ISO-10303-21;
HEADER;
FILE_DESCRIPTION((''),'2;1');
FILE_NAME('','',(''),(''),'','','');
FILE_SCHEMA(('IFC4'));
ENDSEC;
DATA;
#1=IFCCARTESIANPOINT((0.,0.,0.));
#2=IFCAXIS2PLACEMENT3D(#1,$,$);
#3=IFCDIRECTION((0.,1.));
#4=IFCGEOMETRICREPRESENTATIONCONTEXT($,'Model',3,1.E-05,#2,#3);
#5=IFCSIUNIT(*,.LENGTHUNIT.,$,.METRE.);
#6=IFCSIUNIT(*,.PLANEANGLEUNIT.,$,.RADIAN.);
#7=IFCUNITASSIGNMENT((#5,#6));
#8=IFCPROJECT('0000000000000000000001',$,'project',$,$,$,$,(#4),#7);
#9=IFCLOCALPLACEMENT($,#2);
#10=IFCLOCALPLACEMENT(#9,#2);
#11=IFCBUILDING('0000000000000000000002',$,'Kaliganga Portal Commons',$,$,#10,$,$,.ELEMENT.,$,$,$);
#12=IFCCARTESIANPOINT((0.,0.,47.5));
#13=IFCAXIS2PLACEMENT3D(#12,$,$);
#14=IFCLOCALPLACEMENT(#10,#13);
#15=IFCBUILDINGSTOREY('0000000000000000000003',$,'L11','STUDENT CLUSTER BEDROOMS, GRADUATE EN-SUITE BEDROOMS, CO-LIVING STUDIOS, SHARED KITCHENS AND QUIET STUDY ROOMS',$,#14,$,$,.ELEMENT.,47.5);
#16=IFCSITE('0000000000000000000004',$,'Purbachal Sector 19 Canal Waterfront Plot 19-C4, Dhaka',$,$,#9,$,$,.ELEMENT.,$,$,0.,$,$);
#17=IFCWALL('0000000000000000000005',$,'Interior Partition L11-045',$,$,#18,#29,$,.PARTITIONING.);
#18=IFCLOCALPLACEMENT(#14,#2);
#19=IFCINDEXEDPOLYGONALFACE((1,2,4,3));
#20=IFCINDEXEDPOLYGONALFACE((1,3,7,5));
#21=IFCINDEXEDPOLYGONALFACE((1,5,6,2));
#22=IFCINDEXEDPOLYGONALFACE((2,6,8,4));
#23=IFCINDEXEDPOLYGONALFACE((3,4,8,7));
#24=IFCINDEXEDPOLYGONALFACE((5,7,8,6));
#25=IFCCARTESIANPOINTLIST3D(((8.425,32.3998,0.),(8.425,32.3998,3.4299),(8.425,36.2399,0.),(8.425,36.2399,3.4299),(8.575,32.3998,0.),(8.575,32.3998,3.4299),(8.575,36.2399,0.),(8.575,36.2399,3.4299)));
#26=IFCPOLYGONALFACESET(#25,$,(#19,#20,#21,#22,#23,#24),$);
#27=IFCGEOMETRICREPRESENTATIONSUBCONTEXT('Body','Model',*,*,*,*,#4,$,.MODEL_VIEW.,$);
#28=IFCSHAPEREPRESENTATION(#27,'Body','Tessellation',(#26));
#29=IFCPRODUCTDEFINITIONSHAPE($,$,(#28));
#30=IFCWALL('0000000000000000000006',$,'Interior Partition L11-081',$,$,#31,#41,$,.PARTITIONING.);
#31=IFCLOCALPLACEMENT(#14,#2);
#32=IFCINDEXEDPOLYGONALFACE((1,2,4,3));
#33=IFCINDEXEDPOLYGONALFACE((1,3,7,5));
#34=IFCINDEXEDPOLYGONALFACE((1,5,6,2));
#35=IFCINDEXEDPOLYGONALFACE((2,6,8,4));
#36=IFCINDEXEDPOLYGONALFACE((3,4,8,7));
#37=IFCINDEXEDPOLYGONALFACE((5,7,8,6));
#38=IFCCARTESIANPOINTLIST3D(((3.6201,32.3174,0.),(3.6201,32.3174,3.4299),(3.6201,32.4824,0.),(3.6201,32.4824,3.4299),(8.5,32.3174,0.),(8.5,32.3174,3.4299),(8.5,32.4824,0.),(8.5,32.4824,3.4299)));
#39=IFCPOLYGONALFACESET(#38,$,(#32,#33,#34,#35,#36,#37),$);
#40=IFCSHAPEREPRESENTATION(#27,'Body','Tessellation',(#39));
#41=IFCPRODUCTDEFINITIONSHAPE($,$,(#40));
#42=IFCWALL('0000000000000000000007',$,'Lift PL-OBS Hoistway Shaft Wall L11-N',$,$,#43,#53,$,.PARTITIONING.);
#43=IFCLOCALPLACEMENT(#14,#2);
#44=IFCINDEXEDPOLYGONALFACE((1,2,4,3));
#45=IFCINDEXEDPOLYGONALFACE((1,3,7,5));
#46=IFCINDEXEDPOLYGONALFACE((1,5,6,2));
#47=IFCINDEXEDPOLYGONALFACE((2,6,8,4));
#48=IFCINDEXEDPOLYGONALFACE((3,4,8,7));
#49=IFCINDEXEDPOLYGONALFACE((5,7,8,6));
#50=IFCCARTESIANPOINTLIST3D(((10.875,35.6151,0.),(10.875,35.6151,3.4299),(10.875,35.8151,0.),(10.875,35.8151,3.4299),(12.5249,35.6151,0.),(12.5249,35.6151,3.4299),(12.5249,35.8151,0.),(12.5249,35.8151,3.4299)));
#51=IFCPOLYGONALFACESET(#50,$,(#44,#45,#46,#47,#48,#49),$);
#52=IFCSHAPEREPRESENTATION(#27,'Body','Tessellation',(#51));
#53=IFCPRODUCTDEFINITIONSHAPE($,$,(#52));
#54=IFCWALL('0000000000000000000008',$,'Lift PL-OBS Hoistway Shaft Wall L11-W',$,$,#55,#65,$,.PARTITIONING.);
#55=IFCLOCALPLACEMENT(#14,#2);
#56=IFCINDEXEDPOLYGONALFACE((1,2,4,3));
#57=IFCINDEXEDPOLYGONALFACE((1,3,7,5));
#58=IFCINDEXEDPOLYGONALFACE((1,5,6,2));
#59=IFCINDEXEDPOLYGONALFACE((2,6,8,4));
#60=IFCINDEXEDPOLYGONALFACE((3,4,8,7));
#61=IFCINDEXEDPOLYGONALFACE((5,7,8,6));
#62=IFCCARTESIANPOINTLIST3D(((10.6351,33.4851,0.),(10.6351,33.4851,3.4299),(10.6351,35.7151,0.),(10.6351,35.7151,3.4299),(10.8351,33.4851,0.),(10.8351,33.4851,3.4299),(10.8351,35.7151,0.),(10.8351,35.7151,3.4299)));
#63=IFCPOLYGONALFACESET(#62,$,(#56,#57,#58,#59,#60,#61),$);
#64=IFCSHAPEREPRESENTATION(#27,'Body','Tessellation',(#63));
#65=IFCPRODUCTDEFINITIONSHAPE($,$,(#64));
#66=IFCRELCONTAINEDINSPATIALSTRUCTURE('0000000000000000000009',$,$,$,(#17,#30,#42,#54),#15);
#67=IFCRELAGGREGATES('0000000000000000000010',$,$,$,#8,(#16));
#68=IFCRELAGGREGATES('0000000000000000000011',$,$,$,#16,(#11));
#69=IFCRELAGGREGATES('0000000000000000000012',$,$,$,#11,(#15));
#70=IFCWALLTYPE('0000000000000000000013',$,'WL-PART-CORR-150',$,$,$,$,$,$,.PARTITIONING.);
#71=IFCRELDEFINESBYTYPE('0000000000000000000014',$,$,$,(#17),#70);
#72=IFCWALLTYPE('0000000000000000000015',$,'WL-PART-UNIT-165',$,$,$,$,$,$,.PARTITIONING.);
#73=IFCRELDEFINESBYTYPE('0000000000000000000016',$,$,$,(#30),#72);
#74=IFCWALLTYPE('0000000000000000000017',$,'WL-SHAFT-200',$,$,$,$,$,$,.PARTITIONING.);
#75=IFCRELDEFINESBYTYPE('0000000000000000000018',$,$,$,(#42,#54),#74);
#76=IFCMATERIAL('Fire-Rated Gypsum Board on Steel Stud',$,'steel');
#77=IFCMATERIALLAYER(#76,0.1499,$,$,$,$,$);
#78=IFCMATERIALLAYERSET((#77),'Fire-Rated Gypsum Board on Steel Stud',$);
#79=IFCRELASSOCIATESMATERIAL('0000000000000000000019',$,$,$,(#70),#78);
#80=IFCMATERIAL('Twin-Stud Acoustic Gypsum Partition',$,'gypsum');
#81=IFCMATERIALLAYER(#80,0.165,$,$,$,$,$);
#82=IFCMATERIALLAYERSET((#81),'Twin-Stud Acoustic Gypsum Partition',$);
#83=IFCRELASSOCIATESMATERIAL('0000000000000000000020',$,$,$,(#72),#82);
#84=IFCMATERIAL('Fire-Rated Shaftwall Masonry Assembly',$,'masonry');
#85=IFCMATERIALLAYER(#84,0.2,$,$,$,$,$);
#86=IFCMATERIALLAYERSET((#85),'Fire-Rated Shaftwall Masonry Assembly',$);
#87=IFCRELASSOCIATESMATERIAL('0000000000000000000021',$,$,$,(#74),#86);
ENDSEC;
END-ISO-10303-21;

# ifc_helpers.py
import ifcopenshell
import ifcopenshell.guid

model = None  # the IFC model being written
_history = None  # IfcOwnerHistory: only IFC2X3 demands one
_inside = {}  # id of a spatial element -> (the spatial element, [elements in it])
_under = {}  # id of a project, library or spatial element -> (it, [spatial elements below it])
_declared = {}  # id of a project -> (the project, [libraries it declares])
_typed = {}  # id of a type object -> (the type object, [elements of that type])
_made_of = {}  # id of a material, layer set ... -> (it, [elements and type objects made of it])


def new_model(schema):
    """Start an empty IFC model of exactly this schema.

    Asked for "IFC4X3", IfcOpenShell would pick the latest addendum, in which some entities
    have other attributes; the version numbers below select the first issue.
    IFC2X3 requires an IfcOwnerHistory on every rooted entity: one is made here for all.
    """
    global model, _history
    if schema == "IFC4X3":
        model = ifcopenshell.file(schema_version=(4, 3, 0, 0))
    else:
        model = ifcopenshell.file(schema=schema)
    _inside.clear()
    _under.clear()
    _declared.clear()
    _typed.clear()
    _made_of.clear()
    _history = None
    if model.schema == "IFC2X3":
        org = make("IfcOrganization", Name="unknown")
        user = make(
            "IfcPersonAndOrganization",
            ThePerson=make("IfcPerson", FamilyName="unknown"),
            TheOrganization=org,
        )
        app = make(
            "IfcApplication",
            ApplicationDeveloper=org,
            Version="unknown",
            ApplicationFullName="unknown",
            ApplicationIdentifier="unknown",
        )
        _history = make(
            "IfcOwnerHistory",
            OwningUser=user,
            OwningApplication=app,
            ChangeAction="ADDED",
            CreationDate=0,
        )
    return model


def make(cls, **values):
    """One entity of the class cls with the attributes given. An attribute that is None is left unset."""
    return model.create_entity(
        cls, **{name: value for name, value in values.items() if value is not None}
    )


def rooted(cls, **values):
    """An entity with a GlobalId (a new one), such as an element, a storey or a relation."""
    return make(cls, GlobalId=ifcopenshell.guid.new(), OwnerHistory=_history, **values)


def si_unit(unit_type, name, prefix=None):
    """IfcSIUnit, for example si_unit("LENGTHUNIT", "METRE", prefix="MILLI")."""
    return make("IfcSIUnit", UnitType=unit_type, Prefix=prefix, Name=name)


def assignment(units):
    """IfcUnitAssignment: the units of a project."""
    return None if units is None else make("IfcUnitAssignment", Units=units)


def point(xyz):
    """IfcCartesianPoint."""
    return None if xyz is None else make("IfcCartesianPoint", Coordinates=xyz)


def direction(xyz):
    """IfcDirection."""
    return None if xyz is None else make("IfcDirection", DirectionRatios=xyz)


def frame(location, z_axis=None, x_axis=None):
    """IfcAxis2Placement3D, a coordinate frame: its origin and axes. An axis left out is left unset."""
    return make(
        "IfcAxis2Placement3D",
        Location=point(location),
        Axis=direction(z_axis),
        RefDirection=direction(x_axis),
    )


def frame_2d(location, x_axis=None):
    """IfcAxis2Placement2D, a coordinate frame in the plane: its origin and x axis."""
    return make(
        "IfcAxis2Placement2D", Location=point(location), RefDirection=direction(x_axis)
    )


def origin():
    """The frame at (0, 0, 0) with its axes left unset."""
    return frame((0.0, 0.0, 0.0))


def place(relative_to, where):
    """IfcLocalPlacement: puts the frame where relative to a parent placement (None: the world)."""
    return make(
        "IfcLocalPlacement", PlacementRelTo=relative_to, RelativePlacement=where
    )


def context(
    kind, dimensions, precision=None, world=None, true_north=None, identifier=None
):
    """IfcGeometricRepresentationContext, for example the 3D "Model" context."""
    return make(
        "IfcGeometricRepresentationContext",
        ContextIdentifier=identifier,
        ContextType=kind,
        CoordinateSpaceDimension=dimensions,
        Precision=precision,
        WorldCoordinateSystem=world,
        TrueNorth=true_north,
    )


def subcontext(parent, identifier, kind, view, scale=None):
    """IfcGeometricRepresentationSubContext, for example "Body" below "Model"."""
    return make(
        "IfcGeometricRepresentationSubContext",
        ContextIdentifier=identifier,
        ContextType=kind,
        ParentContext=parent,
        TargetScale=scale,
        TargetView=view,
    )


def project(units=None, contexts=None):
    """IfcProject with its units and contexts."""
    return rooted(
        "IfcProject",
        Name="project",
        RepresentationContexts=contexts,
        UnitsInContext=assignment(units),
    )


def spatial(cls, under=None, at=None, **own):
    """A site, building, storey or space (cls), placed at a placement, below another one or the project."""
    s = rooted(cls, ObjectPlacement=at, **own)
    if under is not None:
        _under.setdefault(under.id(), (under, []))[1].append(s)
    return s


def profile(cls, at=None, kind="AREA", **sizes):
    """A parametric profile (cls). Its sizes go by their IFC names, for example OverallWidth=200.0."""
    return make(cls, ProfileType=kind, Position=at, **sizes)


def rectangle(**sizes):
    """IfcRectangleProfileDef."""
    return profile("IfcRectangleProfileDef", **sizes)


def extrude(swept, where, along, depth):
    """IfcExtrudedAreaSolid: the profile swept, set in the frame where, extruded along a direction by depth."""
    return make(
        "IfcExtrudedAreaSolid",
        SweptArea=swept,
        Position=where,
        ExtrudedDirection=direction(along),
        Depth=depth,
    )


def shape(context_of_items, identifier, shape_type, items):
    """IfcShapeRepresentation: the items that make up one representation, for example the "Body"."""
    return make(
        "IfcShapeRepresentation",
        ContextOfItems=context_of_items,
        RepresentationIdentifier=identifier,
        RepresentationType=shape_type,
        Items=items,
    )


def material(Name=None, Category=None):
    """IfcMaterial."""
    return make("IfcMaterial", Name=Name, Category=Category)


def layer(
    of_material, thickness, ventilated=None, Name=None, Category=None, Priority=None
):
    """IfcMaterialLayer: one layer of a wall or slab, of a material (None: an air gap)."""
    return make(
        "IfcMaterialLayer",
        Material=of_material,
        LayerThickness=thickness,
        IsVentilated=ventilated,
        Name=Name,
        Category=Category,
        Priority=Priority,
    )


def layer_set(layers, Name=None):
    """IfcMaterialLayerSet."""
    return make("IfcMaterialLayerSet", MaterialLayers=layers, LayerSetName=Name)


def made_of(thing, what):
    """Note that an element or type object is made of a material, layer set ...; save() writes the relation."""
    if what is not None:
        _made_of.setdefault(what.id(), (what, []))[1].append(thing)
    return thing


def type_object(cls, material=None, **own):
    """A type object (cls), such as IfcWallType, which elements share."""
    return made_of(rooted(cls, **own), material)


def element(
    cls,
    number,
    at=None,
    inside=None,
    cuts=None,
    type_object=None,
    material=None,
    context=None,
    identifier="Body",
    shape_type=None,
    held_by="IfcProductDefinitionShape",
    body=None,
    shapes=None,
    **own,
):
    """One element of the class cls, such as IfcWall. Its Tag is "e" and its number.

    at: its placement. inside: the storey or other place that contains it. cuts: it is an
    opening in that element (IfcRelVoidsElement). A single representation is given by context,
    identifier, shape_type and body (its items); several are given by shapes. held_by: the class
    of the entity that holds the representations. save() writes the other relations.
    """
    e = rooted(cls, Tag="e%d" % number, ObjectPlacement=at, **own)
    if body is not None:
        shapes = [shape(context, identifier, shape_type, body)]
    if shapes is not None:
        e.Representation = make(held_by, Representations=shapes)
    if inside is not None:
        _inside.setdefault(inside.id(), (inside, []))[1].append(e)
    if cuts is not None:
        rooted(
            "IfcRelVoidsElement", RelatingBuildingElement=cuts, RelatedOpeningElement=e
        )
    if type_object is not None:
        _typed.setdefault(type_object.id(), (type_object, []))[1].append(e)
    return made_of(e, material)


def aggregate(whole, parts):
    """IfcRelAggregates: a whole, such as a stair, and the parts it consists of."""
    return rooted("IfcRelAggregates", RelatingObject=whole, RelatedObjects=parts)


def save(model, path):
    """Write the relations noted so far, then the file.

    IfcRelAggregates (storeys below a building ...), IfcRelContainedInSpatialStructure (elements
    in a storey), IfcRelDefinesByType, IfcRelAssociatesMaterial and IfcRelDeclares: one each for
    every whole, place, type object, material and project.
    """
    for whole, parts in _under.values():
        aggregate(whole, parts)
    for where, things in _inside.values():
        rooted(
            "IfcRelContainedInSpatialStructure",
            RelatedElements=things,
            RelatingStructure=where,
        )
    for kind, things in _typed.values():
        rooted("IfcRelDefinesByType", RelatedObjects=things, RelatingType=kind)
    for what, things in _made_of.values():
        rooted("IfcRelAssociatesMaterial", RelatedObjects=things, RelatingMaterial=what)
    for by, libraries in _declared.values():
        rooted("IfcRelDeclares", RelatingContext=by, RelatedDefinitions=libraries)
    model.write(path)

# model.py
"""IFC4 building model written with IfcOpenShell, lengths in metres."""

from ifc_helpers import new_model, si_unit, direction, frame, frame_2d, origin, place, context, subcontext, project, spatial, rectangle, extrude, material, layer, layer_set, type_object, element, save


model = new_model("IFC4")

# Units and contexts
model_context = context("Model", 3, precision=1e-05, world=origin(), true_north=direction((0.0, 1.0)))
body_context = subcontext(model_context, "Body", "Model", "MODEL_VIEW")
ifc_project = project(units=[si_unit("LENGTHUNIT", "METRE"), si_unit("PLANEANGLEUNIT", "RADIAN")], contexts=[model_context])

# Site, building, storey
site_placement = place(None, origin())
site = spatial("IfcSite", under=ifc_project, at=site_placement, Name="Purbachal Sector 19 Canal Waterfront Plot 19-C4, Dhaka", CompositionType="ELEMENT", RefElevation=0.0)
building_placement = place(site_placement, origin())
building = spatial("IfcBuilding", under=site, at=building_placement, Name="Kaliganga Portal Commons", CompositionType="ELEMENT")
storey_placement = place(building_placement, frame((0.0, 0.0, 47.5)))
storey = spatial("IfcBuildingStorey", under=building, at=storey_placement, Name="L11", Description="STUDENT CLUSTER BEDROOMS, GRADUATE EN-SUITE BEDROOMS, CO-LIVING STUDIOS, SHARED KITCHENS AND QUIET STUDY ROOMS", CompositionType="ELEMENT", Elevation=47.5)

# Shared definitions
ifc_material_1 = material(Name="Fire-Rated Gypsum Board on Steel Stud", Category="steel")
ifc_layer_1 = layer(ifc_material_1, 0.1499)
ifc_layer_set_1 = layer_set([ifc_layer_1], Name="Fire-Rated Gypsum Board on Steel Stud")
wall_type_1 = type_object("IfcWallType", Name="WL-PART-CORR-150", PredefinedType="PARTITIONING", material=ifc_layer_set_1)

# Walls
wall_1_placement = place(storey_placement, frame((8.5, 32.3999, 0.0), z_axis=(0.0, 0.0, 1.0), x_axis=(0.0, 1.0, 0.0)))
element("IfcWall", 1, at=wall_1_placement, inside=storey, type_object=wall_type_1, Name="Interior Partition L11-045", PredefinedType="PARTITIONING", context=body_context, shape_type="SweptSolid", body=[
    extrude(rectangle(XDim=3.8401, YDim=0.1499, at=frame_2d((1.9199, 0.0))), origin(), (0.0, 0.0, 1.0), 3.4299),
])
ifc_material_2 = material(Name="Twin-Stud Acoustic Gypsum Partition", Category="gypsum")
ifc_layer_2 = layer(ifc_material_2, 0.165)
ifc_layer_set_2 = layer_set([ifc_layer_2], Name="Twin-Stud Acoustic Gypsum Partition")
wall_type_2 = type_object("IfcWallType", Name="WL-PART-UNIT-165", PredefinedType="PARTITIONING", material=ifc_layer_set_2)
wall_2_placement = place(storey_placement, frame((3.6201, 32.3999, 0.0), z_axis=(0.0, 0.0, 1.0), x_axis=(1.0, 0.0, 0.0)))
element("IfcWall", 2, at=wall_2_placement, inside=storey, type_object=wall_type_2, Name="Interior Partition L11-081", PredefinedType="PARTITIONING", context=body_context, shape_type="SweptSolid", body=[
    extrude(rectangle(XDim=4.8799, YDim=0.165, at=frame_2d((2.4399, 0.0))), origin(), (0.0, 0.0, 1.0), 3.4299),
])

# Shared definitions
ifc_material_3 = material(Name="Fire-Rated Shaftwall Masonry Assembly", Category="masonry")
ifc_layer_3 = layer(ifc_material_3, 0.2)
ifc_layer_set_3 = layer_set([ifc_layer_3], Name="Fire-Rated Shaftwall Masonry Assembly")
wall_type_3 = type_object("IfcWallType", Name="WL-SHAFT-200", PredefinedType="PARTITIONING", material=ifc_layer_set_3)

# Walls
wall_3_placement = place(storey_placement, frame((10.875, 35.7151, 0.0), z_axis=(0.0, 0.0, 1.0), x_axis=(1.0, 0.0, 0.0)))
element("IfcWall", 3, at=wall_3_placement, inside=storey, type_object=wall_type_3, Name="Lift PL-OBS Hoistway Shaft Wall L11-N", PredefinedType="PARTITIONING", context=body_context, shape_type="SweptSolid", body=[
    extrude(rectangle(XDim=1.6499, YDim=0.2, at=frame_2d((0.825, 0.0))), origin(), (0.0, 0.0, 1.0), 3.4299),
])
wall_4_placement = place(storey_placement, frame((10.7351, 33.4851, 0.0), z_axis=(0.0, 0.0, 1.0), x_axis=(0.0, 1.0, 0.0)))
element("IfcWall", 4, at=wall_4_placement, inside=storey, type_object=wall_type_3, Name="Lift PL-OBS Hoistway Shaft Wall L11-W", PredefinedType="PARTITIONING", context=body_context, shape_type="SweptSolid", body=[
    extrude(rectangle(XDim=2.23, YDim=0.2, at=frame_2d((1.115, 0.0))), origin(), (0.0, 0.0, 1.0), 3.4299),
])

save(model, "model.ifc")
